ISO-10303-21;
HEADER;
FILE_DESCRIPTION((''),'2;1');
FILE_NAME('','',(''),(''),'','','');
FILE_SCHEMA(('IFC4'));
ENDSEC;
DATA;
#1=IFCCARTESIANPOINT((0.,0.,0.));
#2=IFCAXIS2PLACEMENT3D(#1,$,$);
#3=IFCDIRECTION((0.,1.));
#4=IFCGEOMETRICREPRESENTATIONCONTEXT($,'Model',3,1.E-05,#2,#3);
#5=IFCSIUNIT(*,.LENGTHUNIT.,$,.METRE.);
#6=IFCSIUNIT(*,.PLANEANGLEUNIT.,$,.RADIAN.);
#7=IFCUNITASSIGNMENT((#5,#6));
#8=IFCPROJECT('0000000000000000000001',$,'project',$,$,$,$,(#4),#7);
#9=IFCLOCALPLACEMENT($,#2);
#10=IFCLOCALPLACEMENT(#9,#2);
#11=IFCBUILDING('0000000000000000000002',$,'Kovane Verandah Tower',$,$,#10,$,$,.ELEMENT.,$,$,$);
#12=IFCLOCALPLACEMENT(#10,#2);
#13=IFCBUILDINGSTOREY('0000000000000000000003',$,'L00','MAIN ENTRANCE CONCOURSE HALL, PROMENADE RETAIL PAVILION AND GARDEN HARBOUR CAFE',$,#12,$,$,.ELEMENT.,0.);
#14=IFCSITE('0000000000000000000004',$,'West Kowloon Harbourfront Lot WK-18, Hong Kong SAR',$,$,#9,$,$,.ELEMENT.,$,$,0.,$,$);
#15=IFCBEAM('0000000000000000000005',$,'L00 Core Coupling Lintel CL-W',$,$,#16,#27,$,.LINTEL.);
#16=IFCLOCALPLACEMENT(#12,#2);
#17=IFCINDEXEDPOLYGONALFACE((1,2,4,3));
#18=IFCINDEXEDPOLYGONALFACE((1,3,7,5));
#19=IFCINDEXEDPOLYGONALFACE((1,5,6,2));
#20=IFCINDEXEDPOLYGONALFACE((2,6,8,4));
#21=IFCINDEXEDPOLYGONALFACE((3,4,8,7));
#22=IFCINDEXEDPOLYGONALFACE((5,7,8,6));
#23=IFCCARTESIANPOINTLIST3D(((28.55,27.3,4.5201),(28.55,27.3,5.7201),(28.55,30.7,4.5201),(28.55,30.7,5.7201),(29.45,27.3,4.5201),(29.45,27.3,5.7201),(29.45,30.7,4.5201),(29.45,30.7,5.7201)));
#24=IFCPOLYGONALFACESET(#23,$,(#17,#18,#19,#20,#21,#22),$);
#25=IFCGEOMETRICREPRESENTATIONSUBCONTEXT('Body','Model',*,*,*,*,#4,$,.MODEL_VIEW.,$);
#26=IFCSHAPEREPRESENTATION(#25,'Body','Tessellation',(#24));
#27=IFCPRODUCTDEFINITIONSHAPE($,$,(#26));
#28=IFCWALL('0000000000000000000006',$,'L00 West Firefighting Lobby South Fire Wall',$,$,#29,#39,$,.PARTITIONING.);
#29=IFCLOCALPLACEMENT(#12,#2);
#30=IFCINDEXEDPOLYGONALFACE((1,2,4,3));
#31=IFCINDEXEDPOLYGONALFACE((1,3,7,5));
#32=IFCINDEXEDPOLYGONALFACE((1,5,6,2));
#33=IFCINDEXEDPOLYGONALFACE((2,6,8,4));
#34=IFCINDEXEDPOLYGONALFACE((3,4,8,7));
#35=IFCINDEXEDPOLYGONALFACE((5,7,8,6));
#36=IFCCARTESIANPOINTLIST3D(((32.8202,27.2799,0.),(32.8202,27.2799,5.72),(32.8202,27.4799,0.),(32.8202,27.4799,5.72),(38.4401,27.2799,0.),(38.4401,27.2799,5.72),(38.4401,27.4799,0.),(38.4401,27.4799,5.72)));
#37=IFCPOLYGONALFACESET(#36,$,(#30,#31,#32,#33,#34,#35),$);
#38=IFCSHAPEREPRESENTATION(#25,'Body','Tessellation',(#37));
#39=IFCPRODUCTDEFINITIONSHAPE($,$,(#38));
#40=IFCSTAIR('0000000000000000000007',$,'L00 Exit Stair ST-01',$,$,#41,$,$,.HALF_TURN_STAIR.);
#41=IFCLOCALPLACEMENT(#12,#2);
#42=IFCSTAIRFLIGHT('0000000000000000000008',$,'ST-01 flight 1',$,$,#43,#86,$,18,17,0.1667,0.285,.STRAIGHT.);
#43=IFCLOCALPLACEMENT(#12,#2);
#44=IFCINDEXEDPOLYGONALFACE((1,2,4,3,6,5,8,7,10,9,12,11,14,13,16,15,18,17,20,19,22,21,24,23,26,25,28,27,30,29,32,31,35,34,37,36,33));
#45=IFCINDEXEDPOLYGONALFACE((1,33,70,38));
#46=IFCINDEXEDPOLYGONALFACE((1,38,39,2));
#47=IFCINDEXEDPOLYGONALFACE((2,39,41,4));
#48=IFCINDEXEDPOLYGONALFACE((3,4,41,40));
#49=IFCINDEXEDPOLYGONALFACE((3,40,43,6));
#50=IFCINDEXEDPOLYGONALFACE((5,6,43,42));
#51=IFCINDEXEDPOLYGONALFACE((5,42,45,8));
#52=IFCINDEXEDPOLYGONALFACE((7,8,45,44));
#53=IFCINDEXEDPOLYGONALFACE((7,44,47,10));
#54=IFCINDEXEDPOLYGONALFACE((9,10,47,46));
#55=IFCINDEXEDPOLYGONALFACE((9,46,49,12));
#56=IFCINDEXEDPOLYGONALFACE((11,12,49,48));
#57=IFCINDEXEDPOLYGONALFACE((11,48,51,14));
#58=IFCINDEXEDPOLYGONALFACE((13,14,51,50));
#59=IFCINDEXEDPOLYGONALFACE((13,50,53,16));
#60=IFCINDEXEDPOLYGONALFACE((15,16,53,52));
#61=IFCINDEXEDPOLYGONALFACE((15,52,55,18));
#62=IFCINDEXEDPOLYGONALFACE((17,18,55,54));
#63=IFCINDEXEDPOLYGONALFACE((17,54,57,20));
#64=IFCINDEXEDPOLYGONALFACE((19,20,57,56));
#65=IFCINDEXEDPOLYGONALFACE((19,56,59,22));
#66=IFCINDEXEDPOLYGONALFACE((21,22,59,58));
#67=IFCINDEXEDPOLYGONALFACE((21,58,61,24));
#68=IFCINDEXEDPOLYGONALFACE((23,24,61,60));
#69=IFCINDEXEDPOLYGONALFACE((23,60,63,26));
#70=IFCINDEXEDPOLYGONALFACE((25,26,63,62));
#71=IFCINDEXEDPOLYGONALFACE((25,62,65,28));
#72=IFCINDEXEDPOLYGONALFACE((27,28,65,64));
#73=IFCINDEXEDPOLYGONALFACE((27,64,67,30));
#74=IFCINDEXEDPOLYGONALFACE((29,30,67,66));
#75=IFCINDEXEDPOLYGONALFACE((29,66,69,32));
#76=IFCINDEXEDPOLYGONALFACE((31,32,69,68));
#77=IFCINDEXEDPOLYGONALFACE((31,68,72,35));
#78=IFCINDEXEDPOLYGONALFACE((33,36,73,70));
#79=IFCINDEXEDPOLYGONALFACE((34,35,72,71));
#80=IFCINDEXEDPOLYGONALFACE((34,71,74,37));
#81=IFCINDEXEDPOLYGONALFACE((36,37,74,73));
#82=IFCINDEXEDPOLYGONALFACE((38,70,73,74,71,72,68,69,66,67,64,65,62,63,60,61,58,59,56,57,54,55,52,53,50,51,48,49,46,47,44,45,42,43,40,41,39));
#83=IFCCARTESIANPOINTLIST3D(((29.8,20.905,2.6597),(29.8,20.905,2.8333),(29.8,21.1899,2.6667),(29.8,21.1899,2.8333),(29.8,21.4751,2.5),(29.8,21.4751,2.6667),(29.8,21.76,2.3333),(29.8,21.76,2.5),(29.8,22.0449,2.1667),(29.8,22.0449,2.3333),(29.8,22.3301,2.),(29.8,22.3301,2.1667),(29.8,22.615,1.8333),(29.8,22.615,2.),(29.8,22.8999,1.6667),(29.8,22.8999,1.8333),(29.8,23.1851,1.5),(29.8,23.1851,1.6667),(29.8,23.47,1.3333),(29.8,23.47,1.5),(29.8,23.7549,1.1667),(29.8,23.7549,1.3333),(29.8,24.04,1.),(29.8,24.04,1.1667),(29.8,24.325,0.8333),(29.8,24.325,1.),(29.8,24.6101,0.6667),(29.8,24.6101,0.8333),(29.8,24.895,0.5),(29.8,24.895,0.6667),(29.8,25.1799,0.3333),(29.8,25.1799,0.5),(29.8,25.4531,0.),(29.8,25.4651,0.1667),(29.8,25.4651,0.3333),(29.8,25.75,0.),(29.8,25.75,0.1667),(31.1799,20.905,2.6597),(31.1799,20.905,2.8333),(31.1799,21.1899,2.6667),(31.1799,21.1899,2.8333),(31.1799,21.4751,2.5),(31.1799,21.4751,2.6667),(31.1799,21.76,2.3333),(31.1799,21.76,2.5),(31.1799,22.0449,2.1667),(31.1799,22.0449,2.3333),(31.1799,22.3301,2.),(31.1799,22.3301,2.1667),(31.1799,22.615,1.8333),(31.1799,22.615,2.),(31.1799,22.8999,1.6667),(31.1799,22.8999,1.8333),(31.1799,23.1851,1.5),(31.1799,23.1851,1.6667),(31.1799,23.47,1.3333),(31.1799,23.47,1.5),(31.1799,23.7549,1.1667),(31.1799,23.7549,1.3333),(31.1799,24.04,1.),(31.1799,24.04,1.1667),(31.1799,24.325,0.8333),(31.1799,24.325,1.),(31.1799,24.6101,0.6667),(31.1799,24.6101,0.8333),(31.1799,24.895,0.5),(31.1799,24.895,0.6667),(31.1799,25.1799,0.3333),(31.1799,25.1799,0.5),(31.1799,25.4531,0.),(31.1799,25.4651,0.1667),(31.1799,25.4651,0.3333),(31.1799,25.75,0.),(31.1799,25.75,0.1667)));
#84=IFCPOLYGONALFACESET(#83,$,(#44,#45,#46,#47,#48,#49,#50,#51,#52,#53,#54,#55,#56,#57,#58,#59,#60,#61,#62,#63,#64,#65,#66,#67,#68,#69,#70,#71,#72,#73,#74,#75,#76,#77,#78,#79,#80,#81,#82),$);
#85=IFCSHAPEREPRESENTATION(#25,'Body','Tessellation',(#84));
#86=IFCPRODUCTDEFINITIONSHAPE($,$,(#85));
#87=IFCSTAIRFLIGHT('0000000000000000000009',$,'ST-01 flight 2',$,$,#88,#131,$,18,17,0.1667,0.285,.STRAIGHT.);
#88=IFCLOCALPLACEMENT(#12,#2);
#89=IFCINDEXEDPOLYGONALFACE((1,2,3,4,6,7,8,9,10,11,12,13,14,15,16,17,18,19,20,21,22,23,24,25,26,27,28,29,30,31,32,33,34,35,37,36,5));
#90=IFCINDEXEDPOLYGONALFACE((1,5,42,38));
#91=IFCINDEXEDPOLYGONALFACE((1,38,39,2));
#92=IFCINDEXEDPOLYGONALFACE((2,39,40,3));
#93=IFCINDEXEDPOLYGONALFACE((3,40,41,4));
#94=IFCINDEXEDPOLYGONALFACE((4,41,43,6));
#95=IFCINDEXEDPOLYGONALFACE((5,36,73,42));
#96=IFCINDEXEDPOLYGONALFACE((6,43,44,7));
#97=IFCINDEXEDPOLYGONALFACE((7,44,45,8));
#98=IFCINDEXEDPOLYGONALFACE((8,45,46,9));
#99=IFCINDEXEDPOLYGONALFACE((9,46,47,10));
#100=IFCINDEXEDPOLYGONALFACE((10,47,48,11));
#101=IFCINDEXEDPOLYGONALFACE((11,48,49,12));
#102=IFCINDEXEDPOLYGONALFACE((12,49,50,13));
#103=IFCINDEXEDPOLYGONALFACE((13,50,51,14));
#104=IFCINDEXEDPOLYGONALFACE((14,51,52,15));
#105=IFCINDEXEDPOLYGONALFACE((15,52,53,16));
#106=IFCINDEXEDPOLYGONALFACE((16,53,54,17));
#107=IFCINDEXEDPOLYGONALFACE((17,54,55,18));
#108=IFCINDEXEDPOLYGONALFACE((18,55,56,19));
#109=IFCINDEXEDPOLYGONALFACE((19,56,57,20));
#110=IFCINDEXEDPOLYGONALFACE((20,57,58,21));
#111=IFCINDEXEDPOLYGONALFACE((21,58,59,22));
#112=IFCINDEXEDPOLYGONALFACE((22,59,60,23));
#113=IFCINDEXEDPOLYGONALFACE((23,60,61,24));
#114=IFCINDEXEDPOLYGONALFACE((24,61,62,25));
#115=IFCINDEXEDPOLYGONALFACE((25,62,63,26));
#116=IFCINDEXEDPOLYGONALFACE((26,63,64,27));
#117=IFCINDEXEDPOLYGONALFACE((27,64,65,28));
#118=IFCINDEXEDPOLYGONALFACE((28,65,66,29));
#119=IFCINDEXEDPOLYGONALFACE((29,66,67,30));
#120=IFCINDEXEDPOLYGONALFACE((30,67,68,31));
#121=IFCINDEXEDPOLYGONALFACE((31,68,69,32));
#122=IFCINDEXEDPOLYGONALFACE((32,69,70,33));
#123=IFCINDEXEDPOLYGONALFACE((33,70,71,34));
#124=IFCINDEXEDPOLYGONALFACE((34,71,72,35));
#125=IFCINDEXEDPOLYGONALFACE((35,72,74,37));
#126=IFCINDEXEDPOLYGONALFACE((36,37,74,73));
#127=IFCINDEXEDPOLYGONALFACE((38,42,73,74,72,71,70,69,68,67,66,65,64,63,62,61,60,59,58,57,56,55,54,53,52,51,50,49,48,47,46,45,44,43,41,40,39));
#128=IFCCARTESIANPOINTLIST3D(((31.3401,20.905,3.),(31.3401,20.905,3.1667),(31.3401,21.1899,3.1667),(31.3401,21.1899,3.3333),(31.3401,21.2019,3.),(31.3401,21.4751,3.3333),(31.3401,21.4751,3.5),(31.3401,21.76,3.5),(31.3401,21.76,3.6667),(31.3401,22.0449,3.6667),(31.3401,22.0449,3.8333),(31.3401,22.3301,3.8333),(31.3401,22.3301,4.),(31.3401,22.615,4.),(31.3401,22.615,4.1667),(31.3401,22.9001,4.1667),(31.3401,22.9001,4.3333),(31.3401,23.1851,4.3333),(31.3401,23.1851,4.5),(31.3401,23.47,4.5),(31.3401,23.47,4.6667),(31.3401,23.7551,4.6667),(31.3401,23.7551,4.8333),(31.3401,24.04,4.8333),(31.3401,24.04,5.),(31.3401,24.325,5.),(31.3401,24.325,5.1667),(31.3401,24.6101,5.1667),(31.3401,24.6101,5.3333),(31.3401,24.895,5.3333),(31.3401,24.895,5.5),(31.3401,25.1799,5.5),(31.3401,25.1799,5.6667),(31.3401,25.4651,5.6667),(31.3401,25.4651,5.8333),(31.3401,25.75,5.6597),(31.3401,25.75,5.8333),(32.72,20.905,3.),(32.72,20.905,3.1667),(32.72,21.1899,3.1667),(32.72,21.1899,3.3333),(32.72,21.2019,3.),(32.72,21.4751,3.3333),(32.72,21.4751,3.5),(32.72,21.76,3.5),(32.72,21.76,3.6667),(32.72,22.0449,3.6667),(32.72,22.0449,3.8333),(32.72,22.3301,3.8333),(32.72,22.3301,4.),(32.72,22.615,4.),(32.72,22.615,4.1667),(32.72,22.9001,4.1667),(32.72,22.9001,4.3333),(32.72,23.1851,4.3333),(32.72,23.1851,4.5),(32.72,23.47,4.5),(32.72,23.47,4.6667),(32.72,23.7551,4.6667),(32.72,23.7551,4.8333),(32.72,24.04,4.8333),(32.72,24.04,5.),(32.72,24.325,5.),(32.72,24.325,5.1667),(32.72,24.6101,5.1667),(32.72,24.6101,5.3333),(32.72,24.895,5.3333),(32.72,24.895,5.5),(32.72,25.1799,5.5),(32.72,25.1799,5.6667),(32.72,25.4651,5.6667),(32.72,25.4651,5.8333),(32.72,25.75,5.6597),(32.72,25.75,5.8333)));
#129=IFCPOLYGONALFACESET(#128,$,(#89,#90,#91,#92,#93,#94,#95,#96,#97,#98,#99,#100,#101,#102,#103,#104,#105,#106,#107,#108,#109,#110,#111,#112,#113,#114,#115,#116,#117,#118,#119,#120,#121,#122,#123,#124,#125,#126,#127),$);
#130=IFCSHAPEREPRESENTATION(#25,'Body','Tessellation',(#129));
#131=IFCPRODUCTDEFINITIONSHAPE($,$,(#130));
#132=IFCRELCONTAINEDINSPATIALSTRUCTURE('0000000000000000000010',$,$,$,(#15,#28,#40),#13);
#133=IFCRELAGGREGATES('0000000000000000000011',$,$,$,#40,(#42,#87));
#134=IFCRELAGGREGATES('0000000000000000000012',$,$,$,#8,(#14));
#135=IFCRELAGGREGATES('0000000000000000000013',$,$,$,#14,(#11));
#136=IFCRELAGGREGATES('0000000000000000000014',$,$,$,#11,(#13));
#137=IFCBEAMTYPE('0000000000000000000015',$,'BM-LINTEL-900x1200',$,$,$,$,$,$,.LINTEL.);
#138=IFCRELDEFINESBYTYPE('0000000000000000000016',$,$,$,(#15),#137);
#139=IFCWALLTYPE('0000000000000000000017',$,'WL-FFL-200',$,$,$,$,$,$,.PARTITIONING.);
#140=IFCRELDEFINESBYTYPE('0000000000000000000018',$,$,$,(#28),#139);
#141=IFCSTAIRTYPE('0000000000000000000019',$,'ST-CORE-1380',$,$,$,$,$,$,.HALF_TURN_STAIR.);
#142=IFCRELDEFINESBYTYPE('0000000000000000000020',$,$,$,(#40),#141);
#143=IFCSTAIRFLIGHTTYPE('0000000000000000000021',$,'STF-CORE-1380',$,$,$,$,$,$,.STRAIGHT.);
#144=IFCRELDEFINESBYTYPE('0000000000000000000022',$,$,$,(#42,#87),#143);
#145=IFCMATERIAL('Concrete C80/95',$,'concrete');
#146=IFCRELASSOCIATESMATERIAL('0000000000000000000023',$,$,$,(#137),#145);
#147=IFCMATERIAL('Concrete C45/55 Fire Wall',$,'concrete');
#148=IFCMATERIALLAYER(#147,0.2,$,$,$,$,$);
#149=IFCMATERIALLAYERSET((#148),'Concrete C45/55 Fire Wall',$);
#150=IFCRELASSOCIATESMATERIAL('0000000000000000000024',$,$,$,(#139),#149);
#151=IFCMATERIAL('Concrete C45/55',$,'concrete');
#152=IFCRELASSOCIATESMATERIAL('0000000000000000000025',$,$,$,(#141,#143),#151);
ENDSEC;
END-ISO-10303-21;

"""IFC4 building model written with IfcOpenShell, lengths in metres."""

from ifc_helpers import new_model, si_unit, direction, frame, frame_2d, origin, origin_2d, place, context, subcontext, project, spatial, polyline, rectangle, outline, extrude, material, layer, layer_set, material_profile, profile_set, type_object, element, aggregate, save


model = new_model("IFC4")

# Units and contexts
model_context = context("Model", 3, precision=1e-05, world=origin(), true_north=direction((0.0, 1.0)))
body_context = subcontext(model_context, "Body", "Model", "MODEL_VIEW")
ifc_project = project(units=[si_unit("LENGTHUNIT", "METRE"), si_unit("PLANEANGLEUNIT", "RADIAN")], contexts=[model_context])

# Site, building, storey
site_placement = place(None, origin())
site = spatial("IfcSite", under=ifc_project, at=site_placement, Name="West Kowloon Harbourfront Lot WK-18, Hong Kong SAR", CompositionType="ELEMENT", RefElevation=0.0)
building_placement = place(site_placement, origin())
building = spatial("IfcBuilding", under=site, at=building_placement, Name="Kovane Verandah Tower", CompositionType="ELEMENT")
storey_placement = place(building_placement, origin())
storey = spatial("IfcBuildingStorey", under=building, at=storey_placement, Name="L00", Description="MAIN ENTRANCE CONCOURSE HALL, PROMENADE RETAIL PAVILION AND GARDEN HARBOUR CAFE", CompositionType="ELEMENT", Elevation=0.0)

# Beam
ifc_material_1 = material(Name="Concrete C80/95", Category="concrete")
ifc_material_profile = material_profile(ifc_material_1, rectangle(XDim=0.8999, YDim=1.2, at=origin_2d()), Name="RCB900x1200")
ifc_profile_set = profile_set([ifc_material_profile], Name="Concrete C80/95")
beam_type = type_object("IfcBeamType", Name="BM-LINTEL-900x1200", PredefinedType="LINTEL", material=ifc_profile_set)
beam_placement = place(storey_placement, frame((29.0, 27.3, 5.1201), z_axis=(0.0, 1.0, 0.0), x_axis=(-1.0, 0.0, 0.0)))
element("IfcBeam", 1, at=beam_placement, inside=storey, type_object=beam_type, Name="L00 Core Coupling Lintel CL-W", PredefinedType="LINTEL", context=body_context, shape_type="SweptSolid", body=[
    extrude(rectangle(XDim=0.8999, YDim=1.2, at=origin_2d()), origin(), (0.0, 0.0, 1.0), 3.3999),
])

# Shared definitions
ifc_material_2 = material(Name="Concrete C45/55 Fire Wall", Category="concrete")
ifc_layer_1 = layer(ifc_material_2, 0.2)
ifc_layer_set_1 = layer_set([ifc_layer_1], Name="Concrete C45/55 Fire Wall")
wall_type_1 = type_object("IfcWallType", Name="WL-FFL-200", PredefinedType="PARTITIONING", material=ifc_layer_set_1)

# Wall
wall_1_placement = place(storey_placement, frame((32.8201, 27.3799, 0.0), z_axis=(0.0, 0.0, 1.0), x_axis=(1.0, 0.0, 0.0)))
element("IfcWall", 2, at=wall_1_placement, inside=storey, type_object=wall_type_1, Name="L00 West Firefighting Lobby South Fire Wall", PredefinedType="PARTITIONING", context=body_context, shape_type="SweptSolid", body=[
    extrude(rectangle(XDim=5.6199, YDim=0.2, at=frame_2d((2.8101, 0.0))), origin(), (0.0, 0.0, 1.0), 5.72),
])

# Shared definitions
ifc_material_3 = material(Name="Concrete C45/55", Category="concrete")

# Stair, stair flights
stair_type = type_object("IfcStairType", Name="ST-CORE-1380", PredefinedType="HALF_TURN_STAIR", material=ifc_material_3)
stair_placement = place(storey_placement, origin())
stair = element("IfcStair", 3, at=stair_placement, inside=storey, type_object=stair_type, Name="L00 Exit Stair ST-01", PredefinedType="HALF_TURN_STAIR")
stair_flight_type = type_object("IfcStairFlightType", Name="STF-CORE-1380", PredefinedType="STRAIGHT", material=ifc_material_3)
stair_flight_1_placement = place(storey_placement, frame((30.49, 25.75, 0.0), z_axis=(0.0, 0.0, 1.0), x_axis=(0.0, -1.0, 0.0)))
stair_flight_1 = element("IfcStairFlight", 4, at=stair_flight_1_placement, type_object=stair_flight_type, Name="ST-01 flight 1", NumberOfRisers=18, NumberOfTreads=17, PredefinedType="STRAIGHT", RiserHeight=0.1667, TreadLength=0.285, context=body_context, shape_type="SweptSolid", body=[
    extrude(outline(polyline([(0.0, 0.0), (0.0, 0.1667), (0.2849, 0.1667), (0.2849, 0.3333), (0.5701, 0.3333), (0.5701, 0.5), (0.855, 0.5), (0.855, 0.6667), (1.1399, 0.6667), (1.1399, 0.8333), (1.425, 0.8333), (1.425, 1.0), (1.71, 1.0), (1.71, 1.1667), (1.9951, 1.1667), (1.9951, 1.3333), (2.28, 1.3333), (2.28, 1.5), (2.5649, 1.5), (2.5649, 1.6667), (2.8501, 1.6667), (2.8501, 1.8333), (3.135, 1.8333), (3.135, 2.0), (3.4199, 2.0), (3.4199, 2.1667), (3.7051, 2.1667), (3.7051, 2.3333), (3.99, 2.3333), (3.99, 2.5), (4.2749, 2.5), (4.2749, 2.6667), (4.5601, 2.6667), (4.5601, 2.8333), (4.845, 2.8333), (4.845, 3.0), (4.845, 2.6597), (0.2969, 0.0), (0.0, 0.0)])), frame((0.0, 0.6899, 0.0), z_axis=(0.0, -1.0, 0.0), x_axis=(1.0, 0.0, 0.0)), (0.0, 0.0, 1.0), 1.3799),
])
stair_flight_2_placement = place(storey_placement, frame((32.03, 20.905, 3.0), z_axis=(0.0, 0.0, 1.0), x_axis=(0.0, 1.0, 0.0)))
stair_flight_2 = element("IfcStairFlight", 5, at=stair_flight_2_placement, type_object=stair_flight_type, Name="ST-01 flight 2", NumberOfRisers=18, NumberOfTreads=17, PredefinedType="STRAIGHT", RiserHeight=0.1667, TreadLength=0.285, context=body_context, shape_type="SweptSolid", body=[
    extrude(outline(polyline([(0.0, 0.0), (0.0, 0.1667), (0.2849, 0.1667), (0.2849, 0.3333), (0.5701, 0.3333), (0.5701, 0.5), (0.855, 0.5), (0.855, 0.6667), (1.1399, 0.6667), (1.1399, 0.8333), (1.425, 0.8333), (1.425, 1.0), (1.71, 1.0), (1.71, 1.1667), (1.9951, 1.1667), (1.9951, 1.3333), (2.28, 1.3333), (2.28, 1.5), (2.5649, 1.5), (2.5649, 1.6667), (2.8501, 1.6667), (2.8501, 1.8333), (3.135, 1.8333), (3.135, 2.0), (3.4199, 2.0), (3.4199, 2.1667), (3.7051, 2.1667), (3.7051, 2.3333), (3.99, 2.3333), (3.99, 2.5), (4.2749, 2.5), (4.2749, 2.6667), (4.5601, 2.6667), (4.5601, 2.8333), (4.845, 2.8333), (4.845, 3.0), (4.845, 2.6597), (0.2969, 0.0), (0.0, 0.0)])), frame((0.0, 0.6899, 0.0), z_axis=(0.0, -1.0, 0.0), x_axis=(1.0, 0.0, 0.0)), (0.0, 0.0, 1.0), 1.3799),
])
aggregate(stair, [stair_flight_1, stair_flight_2])

save(model, "model.ifc")
